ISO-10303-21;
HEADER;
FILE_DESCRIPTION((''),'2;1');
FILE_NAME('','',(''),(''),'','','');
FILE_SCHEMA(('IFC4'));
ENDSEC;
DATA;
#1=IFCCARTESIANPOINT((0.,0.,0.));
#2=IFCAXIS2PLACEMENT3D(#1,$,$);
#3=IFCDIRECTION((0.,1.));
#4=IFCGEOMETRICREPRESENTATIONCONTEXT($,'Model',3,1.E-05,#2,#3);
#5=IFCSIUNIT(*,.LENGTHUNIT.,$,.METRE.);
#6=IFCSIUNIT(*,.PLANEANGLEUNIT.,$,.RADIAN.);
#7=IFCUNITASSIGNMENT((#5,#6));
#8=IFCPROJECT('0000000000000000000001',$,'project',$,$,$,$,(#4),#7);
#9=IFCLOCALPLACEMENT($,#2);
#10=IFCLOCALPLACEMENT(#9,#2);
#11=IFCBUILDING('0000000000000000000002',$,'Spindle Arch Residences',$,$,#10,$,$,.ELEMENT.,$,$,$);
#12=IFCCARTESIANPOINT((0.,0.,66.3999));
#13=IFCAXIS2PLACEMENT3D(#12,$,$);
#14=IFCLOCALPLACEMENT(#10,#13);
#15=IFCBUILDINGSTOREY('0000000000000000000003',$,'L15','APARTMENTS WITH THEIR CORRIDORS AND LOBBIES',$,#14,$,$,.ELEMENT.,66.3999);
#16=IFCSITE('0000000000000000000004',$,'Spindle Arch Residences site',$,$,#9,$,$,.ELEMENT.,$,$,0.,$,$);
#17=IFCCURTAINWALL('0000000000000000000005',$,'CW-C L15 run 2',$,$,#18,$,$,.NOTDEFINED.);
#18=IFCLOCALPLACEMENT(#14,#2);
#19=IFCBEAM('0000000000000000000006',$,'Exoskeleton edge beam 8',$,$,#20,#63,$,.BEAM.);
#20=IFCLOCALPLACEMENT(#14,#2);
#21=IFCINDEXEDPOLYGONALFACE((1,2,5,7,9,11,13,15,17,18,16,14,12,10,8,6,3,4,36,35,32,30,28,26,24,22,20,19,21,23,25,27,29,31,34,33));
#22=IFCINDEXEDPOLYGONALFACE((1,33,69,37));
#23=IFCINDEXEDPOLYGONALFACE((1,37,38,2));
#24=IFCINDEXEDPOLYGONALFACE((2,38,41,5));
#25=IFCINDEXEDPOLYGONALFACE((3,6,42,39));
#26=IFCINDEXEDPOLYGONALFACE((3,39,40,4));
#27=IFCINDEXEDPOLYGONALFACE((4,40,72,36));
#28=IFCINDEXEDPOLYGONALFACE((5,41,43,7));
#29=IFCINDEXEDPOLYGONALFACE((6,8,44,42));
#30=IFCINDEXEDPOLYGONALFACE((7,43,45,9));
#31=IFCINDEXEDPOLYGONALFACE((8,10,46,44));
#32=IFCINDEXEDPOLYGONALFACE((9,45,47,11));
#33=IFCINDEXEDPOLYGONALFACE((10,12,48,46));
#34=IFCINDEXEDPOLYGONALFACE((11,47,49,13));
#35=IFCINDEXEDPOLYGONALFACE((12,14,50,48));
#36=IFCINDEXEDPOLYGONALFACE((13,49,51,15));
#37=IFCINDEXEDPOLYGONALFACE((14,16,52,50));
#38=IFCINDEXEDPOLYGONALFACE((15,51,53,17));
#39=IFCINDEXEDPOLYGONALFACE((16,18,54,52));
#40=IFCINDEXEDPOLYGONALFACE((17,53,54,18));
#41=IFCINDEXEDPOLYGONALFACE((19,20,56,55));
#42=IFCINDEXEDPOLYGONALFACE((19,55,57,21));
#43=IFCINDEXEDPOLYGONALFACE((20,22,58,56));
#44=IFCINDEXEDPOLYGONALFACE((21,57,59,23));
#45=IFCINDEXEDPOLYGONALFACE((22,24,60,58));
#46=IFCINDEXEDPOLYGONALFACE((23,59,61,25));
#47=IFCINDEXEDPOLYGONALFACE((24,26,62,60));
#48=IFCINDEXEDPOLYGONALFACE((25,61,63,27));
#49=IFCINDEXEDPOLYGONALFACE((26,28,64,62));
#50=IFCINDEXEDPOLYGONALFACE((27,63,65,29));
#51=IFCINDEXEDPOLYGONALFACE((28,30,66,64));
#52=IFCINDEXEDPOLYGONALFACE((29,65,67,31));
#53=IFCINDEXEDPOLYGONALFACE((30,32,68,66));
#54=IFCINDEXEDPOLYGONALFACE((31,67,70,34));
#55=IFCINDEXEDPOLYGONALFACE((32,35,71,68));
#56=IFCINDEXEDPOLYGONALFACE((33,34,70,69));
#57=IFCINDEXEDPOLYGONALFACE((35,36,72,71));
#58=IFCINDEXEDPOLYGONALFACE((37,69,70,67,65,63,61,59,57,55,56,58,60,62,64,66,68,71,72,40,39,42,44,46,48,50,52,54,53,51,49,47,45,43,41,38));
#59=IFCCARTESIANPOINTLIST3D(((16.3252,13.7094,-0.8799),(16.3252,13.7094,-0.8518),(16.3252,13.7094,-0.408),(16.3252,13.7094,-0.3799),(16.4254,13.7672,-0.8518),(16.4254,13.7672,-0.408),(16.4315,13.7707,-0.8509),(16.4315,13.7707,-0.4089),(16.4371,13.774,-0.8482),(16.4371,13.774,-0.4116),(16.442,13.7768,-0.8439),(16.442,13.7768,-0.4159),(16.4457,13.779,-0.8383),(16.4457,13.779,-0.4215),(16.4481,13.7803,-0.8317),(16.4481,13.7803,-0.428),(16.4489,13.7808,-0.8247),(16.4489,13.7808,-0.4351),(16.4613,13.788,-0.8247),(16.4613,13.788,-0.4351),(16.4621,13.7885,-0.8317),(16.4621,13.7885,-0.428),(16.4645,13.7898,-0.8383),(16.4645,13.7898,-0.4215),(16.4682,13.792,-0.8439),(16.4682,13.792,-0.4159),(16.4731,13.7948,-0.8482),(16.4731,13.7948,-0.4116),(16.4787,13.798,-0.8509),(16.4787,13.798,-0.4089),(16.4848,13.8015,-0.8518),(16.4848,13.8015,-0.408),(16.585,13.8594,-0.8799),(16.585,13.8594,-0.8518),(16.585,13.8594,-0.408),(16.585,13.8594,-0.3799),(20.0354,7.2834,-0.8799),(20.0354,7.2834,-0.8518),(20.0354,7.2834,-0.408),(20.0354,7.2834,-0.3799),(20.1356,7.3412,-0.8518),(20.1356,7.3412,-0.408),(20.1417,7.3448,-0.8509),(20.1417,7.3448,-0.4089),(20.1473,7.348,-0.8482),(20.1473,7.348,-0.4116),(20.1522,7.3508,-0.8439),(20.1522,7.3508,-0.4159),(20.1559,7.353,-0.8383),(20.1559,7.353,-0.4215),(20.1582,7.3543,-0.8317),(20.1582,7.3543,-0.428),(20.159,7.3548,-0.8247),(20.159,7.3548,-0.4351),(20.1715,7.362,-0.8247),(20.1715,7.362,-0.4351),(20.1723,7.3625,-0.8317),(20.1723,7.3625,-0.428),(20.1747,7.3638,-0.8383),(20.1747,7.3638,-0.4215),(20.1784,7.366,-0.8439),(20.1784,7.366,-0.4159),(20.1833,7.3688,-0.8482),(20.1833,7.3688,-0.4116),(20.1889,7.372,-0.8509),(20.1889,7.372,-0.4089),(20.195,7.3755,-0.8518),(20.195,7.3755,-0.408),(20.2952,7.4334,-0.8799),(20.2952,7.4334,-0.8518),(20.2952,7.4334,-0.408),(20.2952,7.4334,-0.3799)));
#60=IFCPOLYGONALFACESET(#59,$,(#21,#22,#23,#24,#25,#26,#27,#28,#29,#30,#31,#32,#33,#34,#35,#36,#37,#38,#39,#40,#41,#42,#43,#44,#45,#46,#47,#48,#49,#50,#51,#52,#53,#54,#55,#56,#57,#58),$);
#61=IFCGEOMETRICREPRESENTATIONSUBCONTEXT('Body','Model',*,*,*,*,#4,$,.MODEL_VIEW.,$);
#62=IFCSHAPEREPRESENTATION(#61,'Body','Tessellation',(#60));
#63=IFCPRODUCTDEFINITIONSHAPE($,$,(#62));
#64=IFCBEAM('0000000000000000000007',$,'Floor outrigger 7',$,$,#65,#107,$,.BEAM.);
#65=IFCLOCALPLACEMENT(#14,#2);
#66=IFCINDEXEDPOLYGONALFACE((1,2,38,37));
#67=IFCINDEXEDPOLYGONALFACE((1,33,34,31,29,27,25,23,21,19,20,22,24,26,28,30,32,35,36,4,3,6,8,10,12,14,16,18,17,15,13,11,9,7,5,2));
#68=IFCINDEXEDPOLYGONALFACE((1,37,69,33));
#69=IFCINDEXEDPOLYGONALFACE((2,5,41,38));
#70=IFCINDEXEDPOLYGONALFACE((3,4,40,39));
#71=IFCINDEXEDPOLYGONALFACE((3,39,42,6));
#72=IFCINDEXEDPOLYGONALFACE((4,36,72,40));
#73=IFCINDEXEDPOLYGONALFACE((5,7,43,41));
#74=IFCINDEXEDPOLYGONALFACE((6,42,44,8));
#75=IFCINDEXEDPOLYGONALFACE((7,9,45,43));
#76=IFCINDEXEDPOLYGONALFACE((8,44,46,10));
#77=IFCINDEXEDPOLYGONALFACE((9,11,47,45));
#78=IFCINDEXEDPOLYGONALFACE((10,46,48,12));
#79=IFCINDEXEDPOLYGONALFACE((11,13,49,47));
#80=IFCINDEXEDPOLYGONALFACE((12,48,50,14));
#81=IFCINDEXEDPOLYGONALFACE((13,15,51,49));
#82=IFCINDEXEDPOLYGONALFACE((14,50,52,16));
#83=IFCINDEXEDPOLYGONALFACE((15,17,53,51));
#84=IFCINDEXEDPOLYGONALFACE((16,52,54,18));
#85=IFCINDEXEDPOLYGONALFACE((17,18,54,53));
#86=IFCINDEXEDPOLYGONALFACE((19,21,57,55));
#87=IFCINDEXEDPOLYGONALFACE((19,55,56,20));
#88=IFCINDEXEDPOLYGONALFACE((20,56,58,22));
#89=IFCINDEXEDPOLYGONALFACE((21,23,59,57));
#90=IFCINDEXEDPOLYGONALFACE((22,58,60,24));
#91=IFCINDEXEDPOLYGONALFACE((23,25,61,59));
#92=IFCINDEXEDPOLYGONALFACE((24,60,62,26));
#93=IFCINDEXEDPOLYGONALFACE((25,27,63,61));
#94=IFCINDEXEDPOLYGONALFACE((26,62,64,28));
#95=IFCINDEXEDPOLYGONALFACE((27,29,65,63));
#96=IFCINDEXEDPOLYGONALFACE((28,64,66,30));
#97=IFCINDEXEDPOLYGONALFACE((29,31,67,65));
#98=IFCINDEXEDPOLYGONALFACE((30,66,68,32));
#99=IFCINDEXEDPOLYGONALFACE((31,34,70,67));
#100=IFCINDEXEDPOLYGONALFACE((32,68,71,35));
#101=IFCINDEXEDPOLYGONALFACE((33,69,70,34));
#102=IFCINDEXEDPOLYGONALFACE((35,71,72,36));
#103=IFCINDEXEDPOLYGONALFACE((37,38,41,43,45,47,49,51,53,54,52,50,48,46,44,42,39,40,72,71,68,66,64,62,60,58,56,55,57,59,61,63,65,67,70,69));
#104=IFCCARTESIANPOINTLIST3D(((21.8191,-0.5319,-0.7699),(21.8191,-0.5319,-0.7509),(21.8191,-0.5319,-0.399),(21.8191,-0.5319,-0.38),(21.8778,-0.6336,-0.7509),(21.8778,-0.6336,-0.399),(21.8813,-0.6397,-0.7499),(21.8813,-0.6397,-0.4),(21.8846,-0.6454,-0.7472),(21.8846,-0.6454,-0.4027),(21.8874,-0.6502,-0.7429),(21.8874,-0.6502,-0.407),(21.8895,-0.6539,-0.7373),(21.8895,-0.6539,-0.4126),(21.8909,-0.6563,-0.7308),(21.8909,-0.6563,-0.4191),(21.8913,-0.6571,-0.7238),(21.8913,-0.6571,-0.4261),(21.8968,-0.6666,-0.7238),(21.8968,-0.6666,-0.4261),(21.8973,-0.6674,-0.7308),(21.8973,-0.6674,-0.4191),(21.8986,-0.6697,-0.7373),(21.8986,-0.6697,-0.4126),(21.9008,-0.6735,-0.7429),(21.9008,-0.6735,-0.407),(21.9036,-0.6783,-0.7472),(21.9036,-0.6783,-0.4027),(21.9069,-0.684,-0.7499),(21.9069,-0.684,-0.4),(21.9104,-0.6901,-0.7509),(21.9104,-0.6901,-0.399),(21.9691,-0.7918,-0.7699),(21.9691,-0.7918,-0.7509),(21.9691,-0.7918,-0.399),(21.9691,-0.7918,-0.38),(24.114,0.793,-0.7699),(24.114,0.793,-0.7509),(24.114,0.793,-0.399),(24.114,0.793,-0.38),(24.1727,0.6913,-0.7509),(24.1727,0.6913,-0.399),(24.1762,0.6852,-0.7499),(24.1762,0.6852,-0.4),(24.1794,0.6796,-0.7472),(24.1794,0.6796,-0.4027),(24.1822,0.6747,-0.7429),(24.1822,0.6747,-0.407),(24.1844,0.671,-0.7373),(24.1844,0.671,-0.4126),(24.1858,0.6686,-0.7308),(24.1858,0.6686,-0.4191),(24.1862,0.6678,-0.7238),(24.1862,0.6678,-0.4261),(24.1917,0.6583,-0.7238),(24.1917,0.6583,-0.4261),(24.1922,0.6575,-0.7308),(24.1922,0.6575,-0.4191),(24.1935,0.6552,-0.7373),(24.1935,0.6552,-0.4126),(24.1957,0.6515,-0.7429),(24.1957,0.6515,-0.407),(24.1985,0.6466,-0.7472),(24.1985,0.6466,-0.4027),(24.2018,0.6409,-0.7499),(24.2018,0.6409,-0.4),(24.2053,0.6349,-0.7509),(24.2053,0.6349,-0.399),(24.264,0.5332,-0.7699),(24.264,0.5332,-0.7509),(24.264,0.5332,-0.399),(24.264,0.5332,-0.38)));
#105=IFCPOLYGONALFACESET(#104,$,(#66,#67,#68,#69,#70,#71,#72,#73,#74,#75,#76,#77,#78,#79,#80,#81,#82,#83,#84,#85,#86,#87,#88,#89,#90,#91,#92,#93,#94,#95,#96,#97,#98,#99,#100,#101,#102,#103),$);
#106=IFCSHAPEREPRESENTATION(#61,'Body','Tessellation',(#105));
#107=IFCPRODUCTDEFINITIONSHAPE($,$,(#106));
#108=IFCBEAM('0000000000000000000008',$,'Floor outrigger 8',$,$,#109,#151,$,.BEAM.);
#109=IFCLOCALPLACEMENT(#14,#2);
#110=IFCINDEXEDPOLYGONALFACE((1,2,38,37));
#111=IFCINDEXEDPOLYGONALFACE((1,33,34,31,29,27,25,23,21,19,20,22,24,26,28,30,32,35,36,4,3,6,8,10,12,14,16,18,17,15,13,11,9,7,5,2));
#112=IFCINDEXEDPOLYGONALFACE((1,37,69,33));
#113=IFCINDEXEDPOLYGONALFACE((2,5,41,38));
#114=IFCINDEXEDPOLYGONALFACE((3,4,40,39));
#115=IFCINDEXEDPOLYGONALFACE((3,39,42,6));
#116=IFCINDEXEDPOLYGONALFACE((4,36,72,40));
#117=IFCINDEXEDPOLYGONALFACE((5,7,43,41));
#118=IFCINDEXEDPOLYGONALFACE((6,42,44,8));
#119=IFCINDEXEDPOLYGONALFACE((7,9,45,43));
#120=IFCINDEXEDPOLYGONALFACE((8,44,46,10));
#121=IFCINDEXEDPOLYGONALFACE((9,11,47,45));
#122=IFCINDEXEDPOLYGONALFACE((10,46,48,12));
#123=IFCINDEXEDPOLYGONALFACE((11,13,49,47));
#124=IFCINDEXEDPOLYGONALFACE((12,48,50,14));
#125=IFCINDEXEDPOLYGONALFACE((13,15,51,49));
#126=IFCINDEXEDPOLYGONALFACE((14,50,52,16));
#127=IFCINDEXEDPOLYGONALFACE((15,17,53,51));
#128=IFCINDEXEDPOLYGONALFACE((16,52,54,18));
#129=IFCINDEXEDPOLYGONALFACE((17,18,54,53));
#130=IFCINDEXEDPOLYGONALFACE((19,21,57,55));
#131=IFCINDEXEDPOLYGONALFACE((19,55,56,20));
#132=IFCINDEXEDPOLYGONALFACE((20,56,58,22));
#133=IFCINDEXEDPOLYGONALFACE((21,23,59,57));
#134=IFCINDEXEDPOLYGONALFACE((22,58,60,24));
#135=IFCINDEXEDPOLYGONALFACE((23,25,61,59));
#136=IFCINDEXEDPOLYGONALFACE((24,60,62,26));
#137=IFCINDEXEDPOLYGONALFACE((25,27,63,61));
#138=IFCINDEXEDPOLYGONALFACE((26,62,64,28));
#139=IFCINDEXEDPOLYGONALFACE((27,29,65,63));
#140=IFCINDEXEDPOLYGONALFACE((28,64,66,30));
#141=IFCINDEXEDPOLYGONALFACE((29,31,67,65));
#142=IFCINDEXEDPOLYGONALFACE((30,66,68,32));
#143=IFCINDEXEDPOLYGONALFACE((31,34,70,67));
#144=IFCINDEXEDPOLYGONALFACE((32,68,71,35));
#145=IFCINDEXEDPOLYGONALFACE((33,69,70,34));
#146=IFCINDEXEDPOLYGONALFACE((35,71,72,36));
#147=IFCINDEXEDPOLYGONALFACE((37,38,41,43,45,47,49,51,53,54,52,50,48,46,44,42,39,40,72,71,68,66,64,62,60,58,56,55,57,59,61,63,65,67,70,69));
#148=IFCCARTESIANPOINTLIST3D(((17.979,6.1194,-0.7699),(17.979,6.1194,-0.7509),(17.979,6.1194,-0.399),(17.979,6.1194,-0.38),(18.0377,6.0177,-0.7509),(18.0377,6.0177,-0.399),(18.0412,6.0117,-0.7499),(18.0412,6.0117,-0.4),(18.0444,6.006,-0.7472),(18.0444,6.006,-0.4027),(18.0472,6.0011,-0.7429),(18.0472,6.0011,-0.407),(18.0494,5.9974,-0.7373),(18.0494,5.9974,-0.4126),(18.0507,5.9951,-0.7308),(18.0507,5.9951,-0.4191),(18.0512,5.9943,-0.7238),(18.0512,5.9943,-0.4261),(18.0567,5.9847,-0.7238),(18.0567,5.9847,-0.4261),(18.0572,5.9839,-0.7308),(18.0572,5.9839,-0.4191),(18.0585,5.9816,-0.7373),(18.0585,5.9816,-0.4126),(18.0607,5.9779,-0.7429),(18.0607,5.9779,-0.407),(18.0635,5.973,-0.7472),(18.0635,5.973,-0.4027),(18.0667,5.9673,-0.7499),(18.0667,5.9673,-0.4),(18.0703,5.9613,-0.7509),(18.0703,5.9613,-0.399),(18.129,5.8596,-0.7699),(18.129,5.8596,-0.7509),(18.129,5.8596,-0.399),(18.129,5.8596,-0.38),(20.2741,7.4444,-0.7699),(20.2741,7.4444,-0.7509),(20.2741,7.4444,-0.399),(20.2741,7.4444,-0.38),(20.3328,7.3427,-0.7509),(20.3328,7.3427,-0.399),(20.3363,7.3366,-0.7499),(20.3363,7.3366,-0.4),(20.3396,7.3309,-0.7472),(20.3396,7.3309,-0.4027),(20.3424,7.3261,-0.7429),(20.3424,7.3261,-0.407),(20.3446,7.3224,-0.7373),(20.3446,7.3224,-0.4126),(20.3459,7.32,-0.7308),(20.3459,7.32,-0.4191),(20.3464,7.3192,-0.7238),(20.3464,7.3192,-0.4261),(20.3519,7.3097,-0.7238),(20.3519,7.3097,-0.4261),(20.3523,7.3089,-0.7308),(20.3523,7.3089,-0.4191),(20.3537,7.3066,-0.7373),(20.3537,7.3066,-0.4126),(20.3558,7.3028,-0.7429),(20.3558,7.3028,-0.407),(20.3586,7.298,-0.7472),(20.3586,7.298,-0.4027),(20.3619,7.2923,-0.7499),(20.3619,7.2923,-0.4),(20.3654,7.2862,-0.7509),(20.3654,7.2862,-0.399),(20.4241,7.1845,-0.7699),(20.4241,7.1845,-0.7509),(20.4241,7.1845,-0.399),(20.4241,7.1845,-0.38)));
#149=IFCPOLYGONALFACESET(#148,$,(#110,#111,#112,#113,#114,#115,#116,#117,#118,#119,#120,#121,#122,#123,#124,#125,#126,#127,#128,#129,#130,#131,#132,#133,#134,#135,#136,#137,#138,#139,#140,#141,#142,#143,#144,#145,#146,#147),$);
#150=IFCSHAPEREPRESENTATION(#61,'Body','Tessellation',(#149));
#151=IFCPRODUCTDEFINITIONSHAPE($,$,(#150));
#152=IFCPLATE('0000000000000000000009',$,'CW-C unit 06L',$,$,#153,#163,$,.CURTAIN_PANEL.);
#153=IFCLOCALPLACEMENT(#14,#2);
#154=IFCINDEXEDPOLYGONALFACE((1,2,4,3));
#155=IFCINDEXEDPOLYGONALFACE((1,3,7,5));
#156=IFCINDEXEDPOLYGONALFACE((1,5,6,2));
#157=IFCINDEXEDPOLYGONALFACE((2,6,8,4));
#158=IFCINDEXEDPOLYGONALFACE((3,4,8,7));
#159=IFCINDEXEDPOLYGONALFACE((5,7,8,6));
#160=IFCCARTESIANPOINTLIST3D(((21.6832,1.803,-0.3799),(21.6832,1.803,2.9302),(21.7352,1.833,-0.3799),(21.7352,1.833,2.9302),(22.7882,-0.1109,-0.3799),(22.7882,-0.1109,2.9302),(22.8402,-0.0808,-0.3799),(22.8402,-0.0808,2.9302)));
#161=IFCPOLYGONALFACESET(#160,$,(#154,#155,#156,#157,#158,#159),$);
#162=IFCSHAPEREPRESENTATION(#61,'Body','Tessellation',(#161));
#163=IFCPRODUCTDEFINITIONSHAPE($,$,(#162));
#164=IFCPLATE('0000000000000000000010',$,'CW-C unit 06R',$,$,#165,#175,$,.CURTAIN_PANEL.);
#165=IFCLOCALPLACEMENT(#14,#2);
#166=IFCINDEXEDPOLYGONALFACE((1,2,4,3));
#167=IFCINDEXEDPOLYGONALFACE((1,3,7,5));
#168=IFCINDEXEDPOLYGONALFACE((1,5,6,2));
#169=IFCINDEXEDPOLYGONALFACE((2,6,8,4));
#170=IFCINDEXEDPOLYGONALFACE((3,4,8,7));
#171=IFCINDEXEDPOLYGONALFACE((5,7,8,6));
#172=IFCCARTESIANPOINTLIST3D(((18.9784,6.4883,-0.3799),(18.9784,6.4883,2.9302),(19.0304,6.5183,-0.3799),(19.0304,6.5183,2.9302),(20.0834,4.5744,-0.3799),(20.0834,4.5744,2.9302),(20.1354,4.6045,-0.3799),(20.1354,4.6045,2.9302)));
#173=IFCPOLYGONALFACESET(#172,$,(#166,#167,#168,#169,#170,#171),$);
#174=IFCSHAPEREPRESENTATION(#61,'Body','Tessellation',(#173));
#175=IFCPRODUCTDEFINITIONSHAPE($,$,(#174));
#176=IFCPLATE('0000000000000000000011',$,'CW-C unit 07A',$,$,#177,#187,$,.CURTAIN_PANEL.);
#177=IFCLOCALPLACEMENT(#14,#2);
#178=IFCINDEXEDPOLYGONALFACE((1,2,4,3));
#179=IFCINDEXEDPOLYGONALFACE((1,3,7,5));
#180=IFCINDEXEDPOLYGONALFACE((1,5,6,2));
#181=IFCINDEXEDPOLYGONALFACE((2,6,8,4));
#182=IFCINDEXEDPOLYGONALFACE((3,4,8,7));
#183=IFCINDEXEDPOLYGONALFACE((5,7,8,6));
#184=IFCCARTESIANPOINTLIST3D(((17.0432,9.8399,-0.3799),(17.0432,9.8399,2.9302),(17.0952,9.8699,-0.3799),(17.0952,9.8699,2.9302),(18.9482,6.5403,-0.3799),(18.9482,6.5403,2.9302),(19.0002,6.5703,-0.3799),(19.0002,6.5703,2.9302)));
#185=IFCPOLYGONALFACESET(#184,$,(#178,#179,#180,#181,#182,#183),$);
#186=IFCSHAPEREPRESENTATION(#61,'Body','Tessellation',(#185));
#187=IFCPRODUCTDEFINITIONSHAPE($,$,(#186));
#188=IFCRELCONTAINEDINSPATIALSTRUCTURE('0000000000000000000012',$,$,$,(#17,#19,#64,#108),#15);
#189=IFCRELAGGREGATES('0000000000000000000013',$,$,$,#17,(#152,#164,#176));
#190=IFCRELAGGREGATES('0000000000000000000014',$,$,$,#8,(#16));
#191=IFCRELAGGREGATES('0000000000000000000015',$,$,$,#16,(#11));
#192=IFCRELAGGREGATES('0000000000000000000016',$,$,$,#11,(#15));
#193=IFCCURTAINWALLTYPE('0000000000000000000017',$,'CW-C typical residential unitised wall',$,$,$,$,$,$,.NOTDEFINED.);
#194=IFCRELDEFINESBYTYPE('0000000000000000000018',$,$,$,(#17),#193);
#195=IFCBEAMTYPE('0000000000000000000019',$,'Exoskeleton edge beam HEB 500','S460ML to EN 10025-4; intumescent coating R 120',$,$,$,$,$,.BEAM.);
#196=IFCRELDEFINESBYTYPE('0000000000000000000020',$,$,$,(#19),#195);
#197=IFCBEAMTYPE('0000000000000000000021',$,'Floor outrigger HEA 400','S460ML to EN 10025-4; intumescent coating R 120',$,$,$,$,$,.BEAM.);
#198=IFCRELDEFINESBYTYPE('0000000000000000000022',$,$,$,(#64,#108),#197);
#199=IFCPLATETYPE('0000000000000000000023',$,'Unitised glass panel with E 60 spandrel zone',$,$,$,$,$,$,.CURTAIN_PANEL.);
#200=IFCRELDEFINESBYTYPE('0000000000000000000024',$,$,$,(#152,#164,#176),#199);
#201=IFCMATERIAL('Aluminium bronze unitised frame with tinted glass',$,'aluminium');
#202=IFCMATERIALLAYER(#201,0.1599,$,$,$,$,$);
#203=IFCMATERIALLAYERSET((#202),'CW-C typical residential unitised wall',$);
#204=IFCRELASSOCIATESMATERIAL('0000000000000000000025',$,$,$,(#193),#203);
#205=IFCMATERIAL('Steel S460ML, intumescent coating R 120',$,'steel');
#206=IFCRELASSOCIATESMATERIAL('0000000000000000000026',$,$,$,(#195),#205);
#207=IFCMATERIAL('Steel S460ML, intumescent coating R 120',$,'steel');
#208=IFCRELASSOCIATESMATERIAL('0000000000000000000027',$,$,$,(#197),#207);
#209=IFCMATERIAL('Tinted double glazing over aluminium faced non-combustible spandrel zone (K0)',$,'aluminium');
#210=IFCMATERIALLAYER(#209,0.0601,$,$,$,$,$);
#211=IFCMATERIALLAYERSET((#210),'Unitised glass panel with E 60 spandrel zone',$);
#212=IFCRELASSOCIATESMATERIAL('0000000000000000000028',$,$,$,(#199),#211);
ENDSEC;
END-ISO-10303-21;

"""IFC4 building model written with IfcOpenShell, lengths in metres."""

from ifc_helpers import new_model, si_unit, direction, frame, origin, origin_2d, place, context, subcontext, project, spatial, rectangle, i_section, extrude, material, layer, layer_set, material_profile, profile_set, type_object, element, aggregate, save


model = new_model("IFC4")

# Units and contexts
model_context = context("Model", 3, precision=1e-05, world=origin(), true_north=direction((0.0, 1.0)))
body_context = subcontext(model_context, "Body", "Model", "MODEL_VIEW")
ifc_project = project(units=[si_unit("LENGTHUNIT", "METRE"), si_unit("PLANEANGLEUNIT", "RADIAN")], contexts=[model_context])

# Site, building, storey
site_placement = place(None, origin())
site = spatial("IfcSite", under=ifc_project, at=site_placement, Name="Spindle Arch Residences site", CompositionType="ELEMENT", RefElevation=0.0)
building_placement = place(site_placement, origin())
building = spatial("IfcBuilding", under=site, at=building_placement, Name="Spindle Arch Residences", CompositionType="ELEMENT")
storey_placement = place(building_placement, frame((0.0, 0.0, 66.3999)))
storey = spatial("IfcBuildingStorey", under=building, at=storey_placement, Name="L15", Description="APARTMENTS WITH THEIR CORRIDORS AND LOBBIES", CompositionType="ELEMENT", Elevation=66.3999)

# Curtain wall
ifc_material_1 = material(Name="Aluminium bronze unitised frame with tinted glass", Category="aluminium")
ifc_layer_1 = layer(ifc_material_1, 0.1599)
ifc_layer_set_1 = layer_set([ifc_layer_1], Name="CW-C typical residential unitised wall")
curtain_wall_type = type_object("IfcCurtainWallType", Name="CW-C typical residential unitised wall", PredefinedType="NOTDEFINED", material=ifc_layer_set_1)
curtain_wall_placement = place(storey_placement, origin())
curtain_wall = element("IfcCurtainWall", 1, at=curtain_wall_placement, inside=storey, type_object=curtain_wall_type, Name="CW-C L15 run 2", PredefinedType="NOTDEFINED")

# Beams
ifc_material_2 = material(Name="Steel S460ML, intumescent coating R 120", Category="steel")
ifc_material_profile_1 = material_profile(ifc_material_2, i_section(OverallWidth=0.3, OverallDepth=0.5, WebThickness=0.0144, FlangeThickness=0.0281, FilletRadius=0.0271, at=origin_2d()), Name="HEB 500")
ifc_profile_set_1 = profile_set([ifc_material_profile_1], Name="Steel S460ML, intumescent coating R 120")
beam_type_1 = type_object("IfcBeamType", Name="Exoskeleton edge beam HEB 500", Description="S460ML to EN 10025-4; intumescent coating R 120", PredefinedType="BEAM", material=ifc_profile_set_1)
for number, where, z_axis, x_axis, name in (
    (2, (20.1653, 7.3584, -0.6299), (-0.500014, 0.866017, 0.0), (-0.866017, -0.500014, 0.0), "Exoskeleton edge beam 8"),
):
    element("IfcBeam", number, at=place(storey_placement, frame(where, z_axis=z_axis, x_axis=x_axis)), inside=storey, type_object=beam_type_1, Name=name, PredefinedType="BEAM", context=body_context, shape_type="SweptSolid", body=[
        extrude(i_section(OverallWidth=0.3, OverallDepth=0.5, WebThickness=0.0144, FlangeThickness=0.0281, FilletRadius=0.0271, at=origin_2d()), origin(), (0.0, 0.0, 1.0), 7.4202),
    ])
ifc_material_3 = material(Name="Steel S460ML, intumescent coating R 120", Category="steel")
ifc_material_profile_2 = material_profile(ifc_material_3, i_section(OverallWidth=0.3, OverallDepth=0.3899, WebThickness=0.011, FlangeThickness=0.019, FilletRadius=0.0271, at=origin_2d()), Name="HEA 400")
ifc_profile_set_2 = profile_set([ifc_material_profile_2], Name="Steel S460ML, intumescent coating R 120")
beam_type_2 = type_object("IfcBeamType", Name="Floor outrigger HEA 400", Description="S460ML to EN 10025-4; intumescent coating R 120", PredefinedType="BEAM", material=ifc_profile_set_2)
beam_1_placement = place(storey_placement, frame((24.189, 0.6631, -0.575), z_axis=(-0.866029, -0.499994, 0.0), x_axis=(0.499994, -0.866029, 0.0)))
element("IfcBeam", 3, at=beam_1_placement, inside=storey, type_object=beam_type_2, Name="Floor outrigger 7", PredefinedType="BEAM", context=body_context, shape_type="SweptSolid", body=[
    extrude(i_section(OverallWidth=0.3, OverallDepth=0.3899, WebThickness=0.011, FlangeThickness=0.019, FilletRadius=0.0271, at=origin_2d()), origin(), (0.0, 0.0, 1.0), 2.6499),
])
beam_2_placement = place(storey_placement, frame((20.3491, 7.3145, -0.575), z_axis=(-0.866052, -0.499954, 0.0), x_axis=(0.499954, -0.866052, 0.0)))
element("IfcBeam", 4, at=beam_2_placement, inside=storey, type_object=beam_type_2, Name="Floor outrigger 8", PredefinedType="BEAM", context=body_context, shape_type="SweptSolid", body=[
    extrude(i_section(OverallWidth=0.3, OverallDepth=0.3899, WebThickness=0.011, FlangeThickness=0.019, FilletRadius=0.0271, at=origin_2d()), origin(), (0.0, 0.0, 1.0), 2.6501),
])

# Plates
ifc_material_4 = material(Name="Tinted double glazing over aluminium faced non-combustible spandrel zone (K0)", Category="aluminium")
ifc_layer_2 = layer(ifc_material_4, 0.0601)
ifc_layer_set_2 = layer_set([ifc_layer_2], Name="Unitised glass panel with E 60 spandrel zone")
plate_type = type_object("IfcPlateType", Name="Unitised glass panel with E 60 spandrel zone", PredefinedType="CURTAIN_PANEL", material=ifc_layer_set_2)
plate_1_placement = place(storey_placement, frame((22.2617, 0.8611, -0.3799), z_axis=(0.0, 0.0, 1.0), x_axis=(-0.5, 0.866025, 0.0)))
plate_1 = element("IfcPlate", 5, at=plate_1_placement, type_object=plate_type, Name="CW-C unit 06L", PredefinedType="CURTAIN_PANEL", context=body_context, shape_type="SweptSolid", body=[
    extrude(rectangle(XDim=2.21, YDim=0.0601, at=origin_2d()), origin(), (0.0, 0.0, 1.0), 3.3101),
])
plate_2_placement = place(storey_placement, frame((19.5569, 5.5464, -0.3799), z_axis=(0.0, 0.0, 1.0), x_axis=(-0.5, 0.866025, 0.0)))
plate_2 = element("IfcPlate", 6, at=plate_2_placement, type_object=plate_type, Name="CW-C unit 06R", PredefinedType="CURTAIN_PANEL", context=body_context, shape_type="SweptSolid", body=[
    extrude(rectangle(XDim=2.21, YDim=0.0601, at=origin_2d()), origin(), (0.0, 0.0, 1.0), 3.3101),
])
plate_3_placement = place(storey_placement, frame((18.0217, 8.2051, -0.3799), z_axis=(0.0, 0.0, 1.0), x_axis=(-0.5, 0.866025, 0.0)))
plate_3 = element("IfcPlate", 7, at=plate_3_placement, type_object=plate_type, Name="CW-C unit 07A", PredefinedType="CURTAIN_PANEL", context=body_context, shape_type="SweptSolid", body=[
    extrude(rectangle(XDim=3.8101, YDim=0.0601, at=origin_2d()), origin(), (0.0, 0.0, 1.0), 3.3101),
])
aggregate(curtain_wall, [plate_1, plate_2, plate_3])

save(model, "model.ifc")
